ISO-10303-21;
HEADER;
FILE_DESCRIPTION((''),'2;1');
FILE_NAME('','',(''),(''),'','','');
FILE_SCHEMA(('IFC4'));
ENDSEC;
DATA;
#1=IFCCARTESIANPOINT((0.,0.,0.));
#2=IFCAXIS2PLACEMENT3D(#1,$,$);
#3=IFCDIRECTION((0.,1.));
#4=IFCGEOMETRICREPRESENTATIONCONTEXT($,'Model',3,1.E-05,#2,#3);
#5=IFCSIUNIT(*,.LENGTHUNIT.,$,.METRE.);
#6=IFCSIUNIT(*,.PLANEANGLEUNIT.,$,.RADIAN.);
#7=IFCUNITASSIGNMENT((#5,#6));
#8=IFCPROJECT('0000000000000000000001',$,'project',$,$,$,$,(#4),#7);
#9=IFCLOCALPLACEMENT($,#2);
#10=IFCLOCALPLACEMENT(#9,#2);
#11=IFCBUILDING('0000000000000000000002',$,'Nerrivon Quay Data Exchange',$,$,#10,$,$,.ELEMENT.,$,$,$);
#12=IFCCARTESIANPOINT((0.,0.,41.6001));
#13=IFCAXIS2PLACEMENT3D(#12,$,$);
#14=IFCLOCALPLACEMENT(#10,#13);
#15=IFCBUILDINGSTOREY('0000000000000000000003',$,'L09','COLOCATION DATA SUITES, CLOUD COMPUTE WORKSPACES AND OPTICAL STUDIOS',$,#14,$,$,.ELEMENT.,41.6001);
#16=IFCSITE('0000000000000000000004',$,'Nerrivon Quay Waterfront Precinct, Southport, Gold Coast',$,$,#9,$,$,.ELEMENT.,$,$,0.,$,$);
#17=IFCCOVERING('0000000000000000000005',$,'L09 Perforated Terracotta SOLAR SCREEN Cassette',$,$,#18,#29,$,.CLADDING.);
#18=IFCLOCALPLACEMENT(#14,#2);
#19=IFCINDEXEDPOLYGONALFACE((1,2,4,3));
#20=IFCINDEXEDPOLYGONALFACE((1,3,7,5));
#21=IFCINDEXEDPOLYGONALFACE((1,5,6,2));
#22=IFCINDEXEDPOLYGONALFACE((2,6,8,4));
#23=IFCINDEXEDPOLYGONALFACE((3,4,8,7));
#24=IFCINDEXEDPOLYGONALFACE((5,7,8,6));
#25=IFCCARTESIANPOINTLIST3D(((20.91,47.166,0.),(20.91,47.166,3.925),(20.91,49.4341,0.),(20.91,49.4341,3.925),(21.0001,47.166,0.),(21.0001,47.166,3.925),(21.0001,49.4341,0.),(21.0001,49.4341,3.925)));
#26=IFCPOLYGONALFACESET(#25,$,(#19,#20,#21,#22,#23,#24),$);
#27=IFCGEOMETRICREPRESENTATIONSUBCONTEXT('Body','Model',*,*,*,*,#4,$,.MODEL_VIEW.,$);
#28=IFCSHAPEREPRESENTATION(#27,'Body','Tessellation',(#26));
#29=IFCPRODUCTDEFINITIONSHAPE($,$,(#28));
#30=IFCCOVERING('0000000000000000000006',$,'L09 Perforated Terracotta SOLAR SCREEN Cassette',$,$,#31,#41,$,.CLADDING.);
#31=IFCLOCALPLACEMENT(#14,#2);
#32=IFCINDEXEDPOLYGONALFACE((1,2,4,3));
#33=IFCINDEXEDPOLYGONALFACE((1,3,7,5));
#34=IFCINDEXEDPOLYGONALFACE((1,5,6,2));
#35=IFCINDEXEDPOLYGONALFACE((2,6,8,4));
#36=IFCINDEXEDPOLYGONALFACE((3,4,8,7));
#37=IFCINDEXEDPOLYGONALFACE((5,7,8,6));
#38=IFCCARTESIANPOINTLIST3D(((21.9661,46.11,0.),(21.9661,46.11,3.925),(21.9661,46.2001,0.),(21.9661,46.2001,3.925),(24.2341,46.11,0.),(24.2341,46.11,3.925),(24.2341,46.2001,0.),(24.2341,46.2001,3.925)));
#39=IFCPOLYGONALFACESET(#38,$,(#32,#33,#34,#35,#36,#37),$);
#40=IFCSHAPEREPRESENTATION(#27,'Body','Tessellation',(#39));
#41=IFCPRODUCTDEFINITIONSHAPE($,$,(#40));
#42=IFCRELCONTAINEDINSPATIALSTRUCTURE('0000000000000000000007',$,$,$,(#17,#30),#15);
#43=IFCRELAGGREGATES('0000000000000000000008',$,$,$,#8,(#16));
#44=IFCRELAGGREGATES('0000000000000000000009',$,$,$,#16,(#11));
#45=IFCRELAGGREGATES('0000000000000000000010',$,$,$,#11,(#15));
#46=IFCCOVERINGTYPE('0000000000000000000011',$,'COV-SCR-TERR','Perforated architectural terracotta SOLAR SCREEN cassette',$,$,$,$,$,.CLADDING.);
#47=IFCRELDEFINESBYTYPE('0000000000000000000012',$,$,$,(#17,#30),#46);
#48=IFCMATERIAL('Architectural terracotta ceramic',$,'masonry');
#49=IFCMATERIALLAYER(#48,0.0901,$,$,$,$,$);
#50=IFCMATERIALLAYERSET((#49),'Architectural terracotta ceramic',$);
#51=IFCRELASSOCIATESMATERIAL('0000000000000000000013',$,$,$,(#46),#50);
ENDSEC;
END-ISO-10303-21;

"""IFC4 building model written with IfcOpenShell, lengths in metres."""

from ifc_helpers import new_model, si_unit, direction, frame, origin, origin_2d, place, context, subcontext, project, spatial, rectangle, extrude, material, layer, layer_set, type_object, element, save


model = new_model("IFC4")

# Units and contexts
model_context = context("Model", 3, precision=1e-05, world=origin(), true_north=direction((0.0, 1.0)))
body_context = subcontext(model_context, "Body", "Model", "MODEL_VIEW")
ifc_project = project(units=[si_unit("LENGTHUNIT", "METRE"), si_unit("PLANEANGLEUNIT", "RADIAN")], contexts=[model_context])

# Site, building, storey
site_placement = place(None, origin())
site = spatial("IfcSite", under=ifc_project, at=site_placement, Name="Nerrivon Quay Waterfront Precinct, Southport, Gold Coast", CompositionType="ELEMENT", RefElevation=0.0)
building_placement = place(site_placement, origin())
building = spatial("IfcBuilding", under=site, at=building_placement, Name="Nerrivon Quay Data Exchange", CompositionType="ELEMENT")
storey_placement = place(building_placement, frame((0.0, 0.0, 41.6001)))
storey = spatial("IfcBuildingStorey", under=building, at=storey_placement, Name="L09", Description="COLOCATION DATA SUITES, CLOUD COMPUTE WORKSPACES AND OPTICAL STUDIOS", CompositionType="ELEMENT", Elevation=41.6001)

# Coverings
ifc_material_1 = material(Name="Architectural terracotta ceramic", Category="masonry")
ifc_layer_1 = layer(ifc_material_1, 0.0901)
ifc_layer_set_1 = layer_set([ifc_layer_1], Name="Architectural terracotta ceramic")
covering_type = type_object("IfcCoveringType", Name="COV-SCR-TERR", Description="Perforated architectural terracotta SOLAR SCREEN cassette", PredefinedType="CLADDING", material=ifc_layer_set_1)
for number, where, z_axis, x_axis, name in (
    (1, (20.9551, 48.3, 0.0), (0.0, 0.0, 1.0), (0.0, -1.0, 0.0), "L09 Perforated Terracotta SOLAR SCREEN Cassette"),
    (2, (23.1001, 46.155, 0.0), (0.0, 0.0, 1.0), (1.0, 0.0, 0.0), "L09 Perforated Terracotta SOLAR SCREEN Cassette"),
):
    element("IfcCovering", number, at=place(storey_placement, frame(where, z_axis=z_axis, x_axis=x_axis)), inside=storey, type_object=covering_type, Name=name, PredefinedType="CLADDING", context=body_context, shape_type="SweptSolid", body=[
        extrude(rectangle(XDim=2.2681, YDim=0.0901, at=origin_2d()), origin(), (0.0, 0.0, 1.0), 3.925),
    ])

save(model, "model.ifc")
